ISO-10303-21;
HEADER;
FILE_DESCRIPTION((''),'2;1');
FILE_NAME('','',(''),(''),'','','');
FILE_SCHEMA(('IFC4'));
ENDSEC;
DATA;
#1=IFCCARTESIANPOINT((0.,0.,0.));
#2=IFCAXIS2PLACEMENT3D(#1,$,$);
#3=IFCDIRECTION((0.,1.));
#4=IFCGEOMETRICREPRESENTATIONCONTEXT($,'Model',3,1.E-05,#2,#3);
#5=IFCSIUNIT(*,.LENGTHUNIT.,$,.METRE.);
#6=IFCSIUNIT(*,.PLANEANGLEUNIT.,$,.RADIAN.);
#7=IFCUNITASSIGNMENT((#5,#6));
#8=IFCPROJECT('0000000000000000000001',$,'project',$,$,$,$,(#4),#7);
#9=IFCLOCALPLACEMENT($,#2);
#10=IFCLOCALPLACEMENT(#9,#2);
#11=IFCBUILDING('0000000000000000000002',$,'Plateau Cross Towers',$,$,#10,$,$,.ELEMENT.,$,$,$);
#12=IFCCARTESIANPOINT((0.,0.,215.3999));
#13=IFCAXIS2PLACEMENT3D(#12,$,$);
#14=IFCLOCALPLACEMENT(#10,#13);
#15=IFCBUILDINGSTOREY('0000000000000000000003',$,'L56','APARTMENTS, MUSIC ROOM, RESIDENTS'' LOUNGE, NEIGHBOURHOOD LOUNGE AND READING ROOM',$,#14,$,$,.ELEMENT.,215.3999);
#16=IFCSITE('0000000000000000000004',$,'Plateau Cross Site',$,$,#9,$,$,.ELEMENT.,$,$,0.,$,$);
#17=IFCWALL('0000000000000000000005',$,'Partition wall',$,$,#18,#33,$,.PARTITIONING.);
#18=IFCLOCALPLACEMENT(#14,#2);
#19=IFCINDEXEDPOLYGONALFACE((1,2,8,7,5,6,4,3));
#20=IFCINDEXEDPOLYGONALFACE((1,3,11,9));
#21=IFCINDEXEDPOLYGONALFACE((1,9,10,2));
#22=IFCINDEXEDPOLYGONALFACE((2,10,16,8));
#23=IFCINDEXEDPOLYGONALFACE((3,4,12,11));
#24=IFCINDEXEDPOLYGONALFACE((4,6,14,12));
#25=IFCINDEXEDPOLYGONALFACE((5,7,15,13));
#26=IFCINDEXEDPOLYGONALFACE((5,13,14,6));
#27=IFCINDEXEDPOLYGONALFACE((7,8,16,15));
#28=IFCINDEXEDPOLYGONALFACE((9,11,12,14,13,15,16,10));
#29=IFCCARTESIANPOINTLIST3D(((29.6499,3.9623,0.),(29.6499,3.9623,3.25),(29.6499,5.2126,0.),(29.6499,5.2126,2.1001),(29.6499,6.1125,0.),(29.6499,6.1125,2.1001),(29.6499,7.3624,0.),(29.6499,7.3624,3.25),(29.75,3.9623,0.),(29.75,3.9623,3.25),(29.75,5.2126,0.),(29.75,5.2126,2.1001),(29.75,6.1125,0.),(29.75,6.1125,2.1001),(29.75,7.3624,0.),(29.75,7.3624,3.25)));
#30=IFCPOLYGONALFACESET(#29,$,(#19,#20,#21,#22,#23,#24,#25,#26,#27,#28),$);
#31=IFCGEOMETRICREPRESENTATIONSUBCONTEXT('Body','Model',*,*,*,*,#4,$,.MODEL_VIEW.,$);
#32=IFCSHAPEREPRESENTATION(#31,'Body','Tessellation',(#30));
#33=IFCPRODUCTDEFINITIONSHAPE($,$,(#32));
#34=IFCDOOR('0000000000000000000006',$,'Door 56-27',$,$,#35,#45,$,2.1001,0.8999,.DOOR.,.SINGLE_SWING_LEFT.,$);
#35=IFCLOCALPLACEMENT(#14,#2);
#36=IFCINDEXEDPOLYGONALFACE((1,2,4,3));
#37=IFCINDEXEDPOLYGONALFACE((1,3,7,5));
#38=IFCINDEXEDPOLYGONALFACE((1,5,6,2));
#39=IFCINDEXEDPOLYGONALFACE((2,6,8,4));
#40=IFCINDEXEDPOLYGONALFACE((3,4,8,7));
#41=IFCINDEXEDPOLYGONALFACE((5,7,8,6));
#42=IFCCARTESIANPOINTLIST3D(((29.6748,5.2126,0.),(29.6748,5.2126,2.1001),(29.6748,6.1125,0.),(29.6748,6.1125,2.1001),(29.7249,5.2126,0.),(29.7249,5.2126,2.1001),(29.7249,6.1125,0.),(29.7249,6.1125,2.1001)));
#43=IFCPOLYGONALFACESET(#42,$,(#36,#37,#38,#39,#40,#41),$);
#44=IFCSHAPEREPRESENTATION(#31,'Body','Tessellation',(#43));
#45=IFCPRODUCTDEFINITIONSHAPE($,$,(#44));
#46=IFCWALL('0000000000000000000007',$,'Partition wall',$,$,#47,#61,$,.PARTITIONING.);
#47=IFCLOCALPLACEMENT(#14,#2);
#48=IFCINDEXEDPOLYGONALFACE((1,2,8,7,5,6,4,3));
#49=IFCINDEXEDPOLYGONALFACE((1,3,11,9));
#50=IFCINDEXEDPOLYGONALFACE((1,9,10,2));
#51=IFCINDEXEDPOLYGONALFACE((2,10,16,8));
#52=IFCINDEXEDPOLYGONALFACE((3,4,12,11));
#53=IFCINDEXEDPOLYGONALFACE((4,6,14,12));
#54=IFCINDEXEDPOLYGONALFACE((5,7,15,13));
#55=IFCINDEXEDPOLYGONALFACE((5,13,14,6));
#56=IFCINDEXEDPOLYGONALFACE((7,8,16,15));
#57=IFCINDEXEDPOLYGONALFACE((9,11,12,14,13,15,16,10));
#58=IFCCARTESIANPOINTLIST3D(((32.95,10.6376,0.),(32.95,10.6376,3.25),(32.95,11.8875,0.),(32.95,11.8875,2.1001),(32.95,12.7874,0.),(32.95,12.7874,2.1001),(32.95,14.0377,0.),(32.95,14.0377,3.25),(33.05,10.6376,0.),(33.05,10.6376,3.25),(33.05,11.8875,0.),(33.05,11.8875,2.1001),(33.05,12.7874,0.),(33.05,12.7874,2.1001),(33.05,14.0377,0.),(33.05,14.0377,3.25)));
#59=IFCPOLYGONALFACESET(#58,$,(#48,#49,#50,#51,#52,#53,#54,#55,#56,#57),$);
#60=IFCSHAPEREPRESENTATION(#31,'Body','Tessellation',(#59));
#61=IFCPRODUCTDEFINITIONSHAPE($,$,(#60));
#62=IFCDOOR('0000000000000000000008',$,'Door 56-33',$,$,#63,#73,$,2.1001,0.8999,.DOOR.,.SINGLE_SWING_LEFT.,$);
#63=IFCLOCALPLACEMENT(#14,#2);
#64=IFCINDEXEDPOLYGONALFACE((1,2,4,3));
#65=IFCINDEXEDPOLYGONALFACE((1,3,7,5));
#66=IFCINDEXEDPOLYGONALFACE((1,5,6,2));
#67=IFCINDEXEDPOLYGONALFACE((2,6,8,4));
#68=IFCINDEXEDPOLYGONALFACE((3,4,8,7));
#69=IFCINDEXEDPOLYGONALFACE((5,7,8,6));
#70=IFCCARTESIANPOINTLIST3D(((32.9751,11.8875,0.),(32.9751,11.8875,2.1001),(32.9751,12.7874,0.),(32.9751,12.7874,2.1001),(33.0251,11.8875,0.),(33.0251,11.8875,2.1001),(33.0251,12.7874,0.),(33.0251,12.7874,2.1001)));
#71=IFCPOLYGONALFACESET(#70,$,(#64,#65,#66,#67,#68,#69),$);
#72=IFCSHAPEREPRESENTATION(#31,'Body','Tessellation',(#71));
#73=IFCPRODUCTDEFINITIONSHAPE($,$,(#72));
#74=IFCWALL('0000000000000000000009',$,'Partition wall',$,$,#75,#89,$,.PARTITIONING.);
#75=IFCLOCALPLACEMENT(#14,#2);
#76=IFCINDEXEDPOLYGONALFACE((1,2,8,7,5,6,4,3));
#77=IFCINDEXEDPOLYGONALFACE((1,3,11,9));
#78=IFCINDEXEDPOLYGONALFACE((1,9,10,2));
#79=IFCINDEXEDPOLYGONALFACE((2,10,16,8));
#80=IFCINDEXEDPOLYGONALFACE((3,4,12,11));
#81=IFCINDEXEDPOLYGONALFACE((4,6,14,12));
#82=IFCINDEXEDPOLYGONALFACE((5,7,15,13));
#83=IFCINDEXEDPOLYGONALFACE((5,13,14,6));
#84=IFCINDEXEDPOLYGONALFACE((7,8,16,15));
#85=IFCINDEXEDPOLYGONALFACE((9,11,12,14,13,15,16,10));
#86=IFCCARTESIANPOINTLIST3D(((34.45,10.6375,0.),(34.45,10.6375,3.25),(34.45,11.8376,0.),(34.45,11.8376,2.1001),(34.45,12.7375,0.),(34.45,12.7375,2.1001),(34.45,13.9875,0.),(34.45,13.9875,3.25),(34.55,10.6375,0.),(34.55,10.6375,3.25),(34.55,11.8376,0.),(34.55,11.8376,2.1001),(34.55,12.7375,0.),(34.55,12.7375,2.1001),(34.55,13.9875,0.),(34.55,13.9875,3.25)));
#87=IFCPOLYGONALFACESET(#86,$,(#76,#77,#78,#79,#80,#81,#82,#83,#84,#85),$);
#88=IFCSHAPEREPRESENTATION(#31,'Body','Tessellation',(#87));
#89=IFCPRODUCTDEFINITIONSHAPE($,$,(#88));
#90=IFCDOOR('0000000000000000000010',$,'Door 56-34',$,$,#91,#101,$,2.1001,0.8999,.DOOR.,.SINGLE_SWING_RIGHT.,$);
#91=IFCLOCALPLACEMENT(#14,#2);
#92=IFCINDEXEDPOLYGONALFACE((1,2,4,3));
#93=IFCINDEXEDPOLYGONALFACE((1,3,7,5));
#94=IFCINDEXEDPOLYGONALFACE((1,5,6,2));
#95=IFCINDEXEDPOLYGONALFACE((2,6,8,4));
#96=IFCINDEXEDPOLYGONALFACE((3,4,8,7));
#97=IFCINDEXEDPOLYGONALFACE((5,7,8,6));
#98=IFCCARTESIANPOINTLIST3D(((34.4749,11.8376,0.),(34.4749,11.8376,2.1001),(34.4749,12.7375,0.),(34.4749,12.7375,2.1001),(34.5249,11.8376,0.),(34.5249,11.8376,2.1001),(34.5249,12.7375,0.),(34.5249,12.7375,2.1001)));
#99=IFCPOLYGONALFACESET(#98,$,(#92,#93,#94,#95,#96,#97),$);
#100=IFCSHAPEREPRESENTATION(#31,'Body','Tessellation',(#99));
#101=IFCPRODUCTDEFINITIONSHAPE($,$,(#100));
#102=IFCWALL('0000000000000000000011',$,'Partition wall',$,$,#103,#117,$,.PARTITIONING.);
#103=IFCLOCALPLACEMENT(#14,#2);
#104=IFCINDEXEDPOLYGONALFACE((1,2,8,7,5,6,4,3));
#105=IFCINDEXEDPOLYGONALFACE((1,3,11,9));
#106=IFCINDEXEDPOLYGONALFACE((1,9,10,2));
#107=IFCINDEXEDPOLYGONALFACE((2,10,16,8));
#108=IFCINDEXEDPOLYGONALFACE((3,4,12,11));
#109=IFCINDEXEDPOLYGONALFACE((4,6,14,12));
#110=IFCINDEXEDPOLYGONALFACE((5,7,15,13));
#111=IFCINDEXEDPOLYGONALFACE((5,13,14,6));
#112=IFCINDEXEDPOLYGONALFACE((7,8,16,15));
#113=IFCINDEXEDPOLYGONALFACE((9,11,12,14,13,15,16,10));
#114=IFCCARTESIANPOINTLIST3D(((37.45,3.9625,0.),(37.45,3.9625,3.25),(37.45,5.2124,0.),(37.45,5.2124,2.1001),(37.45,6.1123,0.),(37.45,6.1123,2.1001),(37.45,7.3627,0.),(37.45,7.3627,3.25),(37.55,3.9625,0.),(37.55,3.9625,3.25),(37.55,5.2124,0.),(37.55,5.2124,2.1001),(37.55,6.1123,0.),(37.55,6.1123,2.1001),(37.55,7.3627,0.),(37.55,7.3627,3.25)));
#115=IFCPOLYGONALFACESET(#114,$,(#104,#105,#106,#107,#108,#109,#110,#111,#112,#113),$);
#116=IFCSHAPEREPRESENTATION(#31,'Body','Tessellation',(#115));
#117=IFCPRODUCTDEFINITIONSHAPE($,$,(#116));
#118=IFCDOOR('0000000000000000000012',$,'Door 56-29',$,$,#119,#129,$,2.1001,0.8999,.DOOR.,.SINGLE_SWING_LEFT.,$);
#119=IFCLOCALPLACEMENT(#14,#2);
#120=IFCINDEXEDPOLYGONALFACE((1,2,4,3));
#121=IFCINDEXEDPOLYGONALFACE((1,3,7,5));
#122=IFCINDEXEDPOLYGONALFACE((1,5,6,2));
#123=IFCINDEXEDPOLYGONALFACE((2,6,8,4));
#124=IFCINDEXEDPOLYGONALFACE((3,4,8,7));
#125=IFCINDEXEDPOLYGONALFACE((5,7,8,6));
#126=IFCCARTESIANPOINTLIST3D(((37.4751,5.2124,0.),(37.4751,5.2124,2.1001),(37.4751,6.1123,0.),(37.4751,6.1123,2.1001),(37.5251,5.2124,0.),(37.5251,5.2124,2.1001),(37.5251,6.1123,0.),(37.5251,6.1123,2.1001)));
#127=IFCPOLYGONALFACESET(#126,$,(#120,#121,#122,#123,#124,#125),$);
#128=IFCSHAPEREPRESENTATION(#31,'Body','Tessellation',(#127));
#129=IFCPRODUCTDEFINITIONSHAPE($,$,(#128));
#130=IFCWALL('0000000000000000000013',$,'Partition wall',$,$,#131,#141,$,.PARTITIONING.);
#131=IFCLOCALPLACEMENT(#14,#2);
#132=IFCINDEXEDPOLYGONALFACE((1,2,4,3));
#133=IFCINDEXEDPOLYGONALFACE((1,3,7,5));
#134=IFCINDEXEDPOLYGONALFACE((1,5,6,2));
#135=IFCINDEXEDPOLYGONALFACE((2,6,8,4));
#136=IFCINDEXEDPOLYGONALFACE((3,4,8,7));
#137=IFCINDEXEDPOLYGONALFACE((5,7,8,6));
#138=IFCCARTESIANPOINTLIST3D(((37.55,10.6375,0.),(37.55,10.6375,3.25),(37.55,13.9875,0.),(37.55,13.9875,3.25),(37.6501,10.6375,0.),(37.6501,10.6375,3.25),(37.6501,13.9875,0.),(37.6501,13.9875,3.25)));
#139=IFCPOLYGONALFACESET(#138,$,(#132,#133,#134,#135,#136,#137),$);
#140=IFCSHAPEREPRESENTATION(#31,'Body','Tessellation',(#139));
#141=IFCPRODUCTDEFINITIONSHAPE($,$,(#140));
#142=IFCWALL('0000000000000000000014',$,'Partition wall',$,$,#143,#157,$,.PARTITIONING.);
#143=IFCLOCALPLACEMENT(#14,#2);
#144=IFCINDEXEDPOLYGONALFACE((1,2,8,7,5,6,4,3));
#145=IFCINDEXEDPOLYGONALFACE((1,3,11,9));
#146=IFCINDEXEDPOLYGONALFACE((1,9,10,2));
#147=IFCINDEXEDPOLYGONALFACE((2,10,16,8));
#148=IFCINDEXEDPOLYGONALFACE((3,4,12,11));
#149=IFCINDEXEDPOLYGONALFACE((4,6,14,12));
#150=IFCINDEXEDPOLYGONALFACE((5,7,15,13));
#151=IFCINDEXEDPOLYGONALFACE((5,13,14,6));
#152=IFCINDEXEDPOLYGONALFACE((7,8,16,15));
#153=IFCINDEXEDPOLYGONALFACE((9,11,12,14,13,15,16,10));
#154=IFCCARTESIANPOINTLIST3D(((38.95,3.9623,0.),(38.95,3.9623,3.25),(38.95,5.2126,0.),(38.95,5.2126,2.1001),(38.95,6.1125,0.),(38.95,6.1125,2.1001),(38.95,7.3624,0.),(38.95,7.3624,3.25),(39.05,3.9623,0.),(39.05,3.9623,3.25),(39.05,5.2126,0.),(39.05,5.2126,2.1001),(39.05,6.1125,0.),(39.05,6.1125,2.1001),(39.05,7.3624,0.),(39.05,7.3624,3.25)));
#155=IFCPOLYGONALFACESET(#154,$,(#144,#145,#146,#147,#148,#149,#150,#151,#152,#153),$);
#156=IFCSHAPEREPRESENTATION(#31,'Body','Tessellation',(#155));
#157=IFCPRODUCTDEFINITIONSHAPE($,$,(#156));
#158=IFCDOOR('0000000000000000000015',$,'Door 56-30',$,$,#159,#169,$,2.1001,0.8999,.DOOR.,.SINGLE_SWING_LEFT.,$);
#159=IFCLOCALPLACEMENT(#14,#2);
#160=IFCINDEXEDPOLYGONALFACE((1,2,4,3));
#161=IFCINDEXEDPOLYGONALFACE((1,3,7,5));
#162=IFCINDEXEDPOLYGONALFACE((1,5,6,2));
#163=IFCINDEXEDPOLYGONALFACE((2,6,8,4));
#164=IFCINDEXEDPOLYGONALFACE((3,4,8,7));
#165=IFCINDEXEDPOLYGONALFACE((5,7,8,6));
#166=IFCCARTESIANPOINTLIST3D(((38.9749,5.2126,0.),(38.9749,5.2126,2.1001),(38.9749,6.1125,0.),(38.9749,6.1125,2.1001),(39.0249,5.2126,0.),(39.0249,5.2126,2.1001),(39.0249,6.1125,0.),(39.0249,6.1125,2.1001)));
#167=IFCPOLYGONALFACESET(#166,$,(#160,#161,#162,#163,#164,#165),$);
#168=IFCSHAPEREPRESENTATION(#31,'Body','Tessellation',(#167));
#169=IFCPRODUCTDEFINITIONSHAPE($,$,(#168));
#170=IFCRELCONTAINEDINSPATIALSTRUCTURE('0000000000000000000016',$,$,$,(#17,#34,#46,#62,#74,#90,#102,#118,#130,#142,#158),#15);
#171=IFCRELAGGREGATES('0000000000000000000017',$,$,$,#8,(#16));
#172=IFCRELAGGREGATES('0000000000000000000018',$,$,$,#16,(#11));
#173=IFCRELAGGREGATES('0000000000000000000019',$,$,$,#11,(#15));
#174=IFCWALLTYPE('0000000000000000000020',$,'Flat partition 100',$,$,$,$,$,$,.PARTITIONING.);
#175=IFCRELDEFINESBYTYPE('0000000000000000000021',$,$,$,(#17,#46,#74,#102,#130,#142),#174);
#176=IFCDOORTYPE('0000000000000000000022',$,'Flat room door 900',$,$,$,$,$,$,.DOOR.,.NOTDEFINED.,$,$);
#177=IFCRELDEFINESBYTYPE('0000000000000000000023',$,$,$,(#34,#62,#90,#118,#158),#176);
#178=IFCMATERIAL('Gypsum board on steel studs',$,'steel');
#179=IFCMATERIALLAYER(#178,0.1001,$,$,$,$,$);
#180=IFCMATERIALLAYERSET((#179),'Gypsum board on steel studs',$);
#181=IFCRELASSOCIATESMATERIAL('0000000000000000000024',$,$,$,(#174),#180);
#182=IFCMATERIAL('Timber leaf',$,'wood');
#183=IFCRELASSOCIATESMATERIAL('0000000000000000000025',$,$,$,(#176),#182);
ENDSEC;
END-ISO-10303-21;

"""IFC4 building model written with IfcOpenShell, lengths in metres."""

from ifc_helpers import new_model, si_unit, direction, frame, frame_2d, origin, place, context, subcontext, project, spatial, rectangle, extrude, material, layer, layer_set, type_object, element, fill, save


model = new_model("IFC4")

# Units and contexts
model_context = context("Model", 3, precision=1e-05, world=origin(), true_north=direction((0.0, 1.0)))
body_context = subcontext(model_context, "Body", "Model", "MODEL_VIEW")
ifc_project = project(units=[si_unit("LENGTHUNIT", "METRE"), si_unit("PLANEANGLEUNIT", "RADIAN")], contexts=[model_context])

# Site, building, storey
site_placement = place(None, origin())
site = spatial("IfcSite", under=ifc_project, at=site_placement, Name="Plateau Cross Site", CompositionType="ELEMENT", RefElevation=0.0)
building_placement = place(site_placement, origin())
building = spatial("IfcBuilding", under=site, at=building_placement, Name="Plateau Cross Towers", CompositionType="ELEMENT")
storey_placement = place(building_placement, frame((0.0, 0.0, 215.3999)))
storey = spatial("IfcBuildingStorey", under=building, at=storey_placement, Name="L56", Description="APARTMENTS, MUSIC ROOM, RESIDENTS' LOUNGE, NEIGHBOURHOOD LOUNGE AND READING ROOM", CompositionType="ELEMENT", Elevation=215.3999)

# Shared definitions
ifc_material_1 = material(Name="Gypsum board on steel studs", Category="steel")
ifc_layer_1 = layer(ifc_material_1, 0.1001)
ifc_layer_set_1 = layer_set([ifc_layer_1], Name="Gypsum board on steel studs")
wall_type_1 = type_object("IfcWallType", Name="Flat partition 100", PredefinedType="PARTITIONING", material=ifc_layer_set_1)
ifc_material_2 = material(Name="Timber leaf", Category="wood")
door_type_1 = type_object("IfcDoorType", Name="Flat room door 900", OperationType="NOTDEFINED", PredefinedType="DOOR", material=ifc_material_2)

# Walls, openings, doors
wall_1_placement = place(storey_placement, frame((29.7, 7.3625, 0.0), z_axis=(0.0, 0.0, 1.0), x_axis=(0.0, -1.0, 0.0)))
wall_1 = element("IfcWall", 1, at=wall_1_placement, inside=storey, type_object=wall_type_1, Name="Partition wall", PredefinedType="PARTITIONING", context=body_context, shape_type="SweptSolid", body=[
    extrude(rectangle(XDim=3.4001, YDim=0.1001, at=frame_2d((1.7002, 0.0))), origin(), (0.0, 0.0, 1.0), 3.25),
])
opening_1_placement = place(wall_1_placement, frame((1.25, 0.0, 0.0)))
opening_1 = element("IfcOpeningElement", 2, at=opening_1_placement, cuts=wall_1, PredefinedType="OPENING", context=body_context, shape_type="SweptSolid", body=[
    extrude(rectangle(XDim=0.8999, YDim=2.1001, at=frame_2d((0.45, 1.05))), frame((0.0, 0.0601, 0.0), z_axis=(0.0, -1.0, 0.0), x_axis=(1.0, 0.0, 0.0)), (0.0, 0.0, 1.0), 0.1201),
])
door_1_placement = place(opening_1_placement, origin())
door_1 = element("IfcDoor", 3, at=door_1_placement, inside=storey, type_object=door_type_1, Name="Door 56-27", OperationType="SINGLE_SWING_LEFT", OverallHeight=2.1001, OverallWidth=0.8999, PredefinedType="DOOR", context=body_context, shape_type="SweptSolid", body=[
    extrude(rectangle(XDim=0.8999, YDim=2.1001, at=frame_2d((0.45, 1.05))), frame((0.0, 0.0249, 0.0), z_axis=(0.0, -1.0, 0.0), x_axis=(1.0, 0.0, 0.0)), (0.0, 0.0, 1.0), 0.05),
])
fill(opening_1, door_1)
wall_2_placement = place(storey_placement, frame((33.0, 10.6375, 0.0), z_axis=(0.0, 0.0, 1.0), x_axis=(0.0, 1.0, 0.0)))
wall_2 = element("IfcWall", 4, at=wall_2_placement, inside=storey, type_object=wall_type_1, Name="Partition wall", PredefinedType="PARTITIONING", context=body_context, shape_type="SweptSolid", body=[
    extrude(rectangle(XDim=3.4001, YDim=0.1001, at=frame_2d((1.7002, 0.0))), origin(), (0.0, 0.0, 1.0), 3.25),
])
opening_2_placement = place(wall_2_placement, frame((1.25, 0.0, 0.0)))
opening_2 = element("IfcOpeningElement", 5, at=opening_2_placement, cuts=wall_2, PredefinedType="OPENING", context=body_context, shape_type="SweptSolid", body=[
    extrude(rectangle(XDim=0.8999, YDim=2.1001, at=frame_2d((0.45, 1.05))), frame((0.0, 0.0601, 0.0), z_axis=(0.0, -1.0, 0.0), x_axis=(1.0, 0.0, 0.0)), (0.0, 0.0, 1.0), 0.1201),
])
door_2_placement = place(opening_2_placement, origin())
door_2 = element("IfcDoor", 6, at=door_2_placement, inside=storey, type_object=door_type_1, Name="Door 56-33", OperationType="SINGLE_SWING_LEFT", OverallHeight=2.1001, OverallWidth=0.8999, PredefinedType="DOOR", context=body_context, shape_type="SweptSolid", body=[
    extrude(rectangle(XDim=0.8999, YDim=2.1001, at=frame_2d((0.45, 1.05))), frame((0.0, 0.0249, 0.0), z_axis=(0.0, -1.0, 0.0), x_axis=(1.0, 0.0, 0.0)), (0.0, 0.0, 1.0), 0.05),
])
fill(opening_2, door_2)
wall_3_placement = place(storey_placement, frame((34.5, 13.9875, 0.0), z_axis=(0.0, 0.0, 1.0), x_axis=(0.0, -1.0, 0.0)))
wall_3 = element("IfcWall", 7, at=wall_3_placement, inside=storey, type_object=wall_type_1, Name="Partition wall", PredefinedType="PARTITIONING", context=body_context, shape_type="SweptSolid", body=[
    extrude(rectangle(XDim=3.3501, YDim=0.1001, at=frame_2d((1.675, 0.0))), origin(), (0.0, 0.0, 1.0), 3.25),
])
opening_3_placement = place(wall_3_placement, frame((1.25, 0.0, 0.0)))
opening_3 = element("IfcOpeningElement", 8, at=opening_3_placement, cuts=wall_3, PredefinedType="OPENING", context=body_context, shape_type="SweptSolid", body=[
    extrude(rectangle(XDim=0.8999, YDim=2.1001, at=frame_2d((0.45, 1.05))), frame((0.0, 0.0601, 0.0), z_axis=(0.0, -1.0, 0.0), x_axis=(1.0, 0.0, 0.0)), (0.0, 0.0, 1.0), 0.1201),
])
door_3_placement = place(opening_3_placement, origin())
door_3 = element("IfcDoor", 9, at=door_3_placement, inside=storey, type_object=door_type_1, Name="Door 56-34", OperationType="SINGLE_SWING_RIGHT", OverallHeight=2.1001, OverallWidth=0.8999, PredefinedType="DOOR", context=body_context, shape_type="SweptSolid", body=[
    extrude(rectangle(XDim=0.8999, YDim=2.1001, at=frame_2d((0.45, 1.05))), frame((0.0, 0.0249, 0.0), z_axis=(0.0, -1.0, 0.0), x_axis=(1.0, 0.0, 0.0)), (0.0, 0.0, 1.0), 0.05),
])
fill(opening_3, door_3)
wall_4_placement = place(storey_placement, frame((37.5, 3.9624, 0.0), z_axis=(0.0, 0.0, 1.0), x_axis=(0.0, 1.0, 0.0)))
wall_4 = element("IfcWall", 10, at=wall_4_placement, inside=storey, type_object=wall_type_1, Name="Partition wall", PredefinedType="PARTITIONING", context=body_context, shape_type="SweptSolid", body=[
    extrude(rectangle(XDim=3.4001, YDim=0.1001, at=frame_2d((1.7002, 0.0))), origin(), (0.0, 0.0, 1.0), 3.25),
])
opening_4_placement = place(wall_4_placement, frame((1.25, 0.0, 0.0)))
opening_4 = element("IfcOpeningElement", 11, at=opening_4_placement, cuts=wall_4, PredefinedType="OPENING", context=body_context, shape_type="SweptSolid", body=[
    extrude(rectangle(XDim=0.8999, YDim=2.1001, at=frame_2d((0.45, 1.05))), frame((0.0, 0.0601, 0.0), z_axis=(0.0, -1.0, 0.0), x_axis=(1.0, 0.0, 0.0)), (0.0, 0.0, 1.0), 0.1201),
])
door_4_placement = place(opening_4_placement, origin())
door_4 = element("IfcDoor", 12, at=door_4_placement, inside=storey, type_object=door_type_1, Name="Door 56-29", OperationType="SINGLE_SWING_LEFT", OverallHeight=2.1001, OverallWidth=0.8999, PredefinedType="DOOR", context=body_context, shape_type="SweptSolid", body=[
    extrude(rectangle(XDim=0.8999, YDim=2.1001, at=frame_2d((0.45, 1.05))), frame((0.0, 0.0249, 0.0), z_axis=(0.0, -1.0, 0.0), x_axis=(1.0, 0.0, 0.0)), (0.0, 0.0, 1.0), 0.05),
])
fill(opening_4, door_4)

# Wall
wall_5_placement = place(storey_placement, frame((37.6001, 10.6375, 0.0), z_axis=(0.0, 0.0, 1.0), x_axis=(0.0, 1.0, 0.0)))
element("IfcWall", 13, at=wall_5_placement, inside=storey, type_object=wall_type_1, Name="Partition wall", PredefinedType="PARTITIONING", context=body_context, shape_type="SweptSolid", body=[
    extrude(rectangle(XDim=3.3501, YDim=0.1001, at=frame_2d((1.675, 0.0))), origin(), (0.0, 0.0, 1.0), 3.25),
])

# Wall, opening, door
wall_6_placement = place(storey_placement, frame((39.0, 7.3625, 0.0), z_axis=(0.0, 0.0, 1.0), x_axis=(0.0, -1.0, 0.0)))
wall_6 = element("IfcWall", 14, at=wall_6_placement, inside=storey, type_object=wall_type_1, Name="Partition wall", PredefinedType="PARTITIONING", context=body_context, shape_type="SweptSolid", body=[
    extrude(rectangle(XDim=3.4001, YDim=0.1001, at=frame_2d((1.7002, 0.0))), origin(), (0.0, 0.0, 1.0), 3.25),
])
opening_5_placement = place(wall_6_placement, frame((1.25, 0.0, 0.0)))
opening_5 = element("IfcOpeningElement", 15, at=opening_5_placement, cuts=wall_6, PredefinedType="OPENING", context=body_context, shape_type="SweptSolid", body=[
    extrude(rectangle(XDim=0.8999, YDim=2.1001, at=frame_2d((0.45, 1.05))), frame((0.0, 0.0601, 0.0), z_axis=(0.0, -1.0, 0.0), x_axis=(1.0, 0.0, 0.0)), (0.0, 0.0, 1.0), 0.1201),
])
door_5_placement = place(opening_5_placement, origin())
door_5 = element("IfcDoor", 16, at=door_5_placement, inside=storey, type_object=door_type_1, Name="Door 56-30", OperationType="SINGLE_SWING_LEFT", OverallHeight=2.1001, OverallWidth=0.8999, PredefinedType="DOOR", context=body_context, shape_type="SweptSolid", body=[
    extrude(rectangle(XDim=0.8999, YDim=2.1001, at=frame_2d((0.45, 1.05))), frame((0.0, 0.0249, 0.0), z_axis=(0.0, -1.0, 0.0), x_axis=(1.0, 0.0, 0.0)), (0.0, 0.0, 1.0), 0.05),
])
fill(opening_5, door_5)

save(model, "model.ifc")
